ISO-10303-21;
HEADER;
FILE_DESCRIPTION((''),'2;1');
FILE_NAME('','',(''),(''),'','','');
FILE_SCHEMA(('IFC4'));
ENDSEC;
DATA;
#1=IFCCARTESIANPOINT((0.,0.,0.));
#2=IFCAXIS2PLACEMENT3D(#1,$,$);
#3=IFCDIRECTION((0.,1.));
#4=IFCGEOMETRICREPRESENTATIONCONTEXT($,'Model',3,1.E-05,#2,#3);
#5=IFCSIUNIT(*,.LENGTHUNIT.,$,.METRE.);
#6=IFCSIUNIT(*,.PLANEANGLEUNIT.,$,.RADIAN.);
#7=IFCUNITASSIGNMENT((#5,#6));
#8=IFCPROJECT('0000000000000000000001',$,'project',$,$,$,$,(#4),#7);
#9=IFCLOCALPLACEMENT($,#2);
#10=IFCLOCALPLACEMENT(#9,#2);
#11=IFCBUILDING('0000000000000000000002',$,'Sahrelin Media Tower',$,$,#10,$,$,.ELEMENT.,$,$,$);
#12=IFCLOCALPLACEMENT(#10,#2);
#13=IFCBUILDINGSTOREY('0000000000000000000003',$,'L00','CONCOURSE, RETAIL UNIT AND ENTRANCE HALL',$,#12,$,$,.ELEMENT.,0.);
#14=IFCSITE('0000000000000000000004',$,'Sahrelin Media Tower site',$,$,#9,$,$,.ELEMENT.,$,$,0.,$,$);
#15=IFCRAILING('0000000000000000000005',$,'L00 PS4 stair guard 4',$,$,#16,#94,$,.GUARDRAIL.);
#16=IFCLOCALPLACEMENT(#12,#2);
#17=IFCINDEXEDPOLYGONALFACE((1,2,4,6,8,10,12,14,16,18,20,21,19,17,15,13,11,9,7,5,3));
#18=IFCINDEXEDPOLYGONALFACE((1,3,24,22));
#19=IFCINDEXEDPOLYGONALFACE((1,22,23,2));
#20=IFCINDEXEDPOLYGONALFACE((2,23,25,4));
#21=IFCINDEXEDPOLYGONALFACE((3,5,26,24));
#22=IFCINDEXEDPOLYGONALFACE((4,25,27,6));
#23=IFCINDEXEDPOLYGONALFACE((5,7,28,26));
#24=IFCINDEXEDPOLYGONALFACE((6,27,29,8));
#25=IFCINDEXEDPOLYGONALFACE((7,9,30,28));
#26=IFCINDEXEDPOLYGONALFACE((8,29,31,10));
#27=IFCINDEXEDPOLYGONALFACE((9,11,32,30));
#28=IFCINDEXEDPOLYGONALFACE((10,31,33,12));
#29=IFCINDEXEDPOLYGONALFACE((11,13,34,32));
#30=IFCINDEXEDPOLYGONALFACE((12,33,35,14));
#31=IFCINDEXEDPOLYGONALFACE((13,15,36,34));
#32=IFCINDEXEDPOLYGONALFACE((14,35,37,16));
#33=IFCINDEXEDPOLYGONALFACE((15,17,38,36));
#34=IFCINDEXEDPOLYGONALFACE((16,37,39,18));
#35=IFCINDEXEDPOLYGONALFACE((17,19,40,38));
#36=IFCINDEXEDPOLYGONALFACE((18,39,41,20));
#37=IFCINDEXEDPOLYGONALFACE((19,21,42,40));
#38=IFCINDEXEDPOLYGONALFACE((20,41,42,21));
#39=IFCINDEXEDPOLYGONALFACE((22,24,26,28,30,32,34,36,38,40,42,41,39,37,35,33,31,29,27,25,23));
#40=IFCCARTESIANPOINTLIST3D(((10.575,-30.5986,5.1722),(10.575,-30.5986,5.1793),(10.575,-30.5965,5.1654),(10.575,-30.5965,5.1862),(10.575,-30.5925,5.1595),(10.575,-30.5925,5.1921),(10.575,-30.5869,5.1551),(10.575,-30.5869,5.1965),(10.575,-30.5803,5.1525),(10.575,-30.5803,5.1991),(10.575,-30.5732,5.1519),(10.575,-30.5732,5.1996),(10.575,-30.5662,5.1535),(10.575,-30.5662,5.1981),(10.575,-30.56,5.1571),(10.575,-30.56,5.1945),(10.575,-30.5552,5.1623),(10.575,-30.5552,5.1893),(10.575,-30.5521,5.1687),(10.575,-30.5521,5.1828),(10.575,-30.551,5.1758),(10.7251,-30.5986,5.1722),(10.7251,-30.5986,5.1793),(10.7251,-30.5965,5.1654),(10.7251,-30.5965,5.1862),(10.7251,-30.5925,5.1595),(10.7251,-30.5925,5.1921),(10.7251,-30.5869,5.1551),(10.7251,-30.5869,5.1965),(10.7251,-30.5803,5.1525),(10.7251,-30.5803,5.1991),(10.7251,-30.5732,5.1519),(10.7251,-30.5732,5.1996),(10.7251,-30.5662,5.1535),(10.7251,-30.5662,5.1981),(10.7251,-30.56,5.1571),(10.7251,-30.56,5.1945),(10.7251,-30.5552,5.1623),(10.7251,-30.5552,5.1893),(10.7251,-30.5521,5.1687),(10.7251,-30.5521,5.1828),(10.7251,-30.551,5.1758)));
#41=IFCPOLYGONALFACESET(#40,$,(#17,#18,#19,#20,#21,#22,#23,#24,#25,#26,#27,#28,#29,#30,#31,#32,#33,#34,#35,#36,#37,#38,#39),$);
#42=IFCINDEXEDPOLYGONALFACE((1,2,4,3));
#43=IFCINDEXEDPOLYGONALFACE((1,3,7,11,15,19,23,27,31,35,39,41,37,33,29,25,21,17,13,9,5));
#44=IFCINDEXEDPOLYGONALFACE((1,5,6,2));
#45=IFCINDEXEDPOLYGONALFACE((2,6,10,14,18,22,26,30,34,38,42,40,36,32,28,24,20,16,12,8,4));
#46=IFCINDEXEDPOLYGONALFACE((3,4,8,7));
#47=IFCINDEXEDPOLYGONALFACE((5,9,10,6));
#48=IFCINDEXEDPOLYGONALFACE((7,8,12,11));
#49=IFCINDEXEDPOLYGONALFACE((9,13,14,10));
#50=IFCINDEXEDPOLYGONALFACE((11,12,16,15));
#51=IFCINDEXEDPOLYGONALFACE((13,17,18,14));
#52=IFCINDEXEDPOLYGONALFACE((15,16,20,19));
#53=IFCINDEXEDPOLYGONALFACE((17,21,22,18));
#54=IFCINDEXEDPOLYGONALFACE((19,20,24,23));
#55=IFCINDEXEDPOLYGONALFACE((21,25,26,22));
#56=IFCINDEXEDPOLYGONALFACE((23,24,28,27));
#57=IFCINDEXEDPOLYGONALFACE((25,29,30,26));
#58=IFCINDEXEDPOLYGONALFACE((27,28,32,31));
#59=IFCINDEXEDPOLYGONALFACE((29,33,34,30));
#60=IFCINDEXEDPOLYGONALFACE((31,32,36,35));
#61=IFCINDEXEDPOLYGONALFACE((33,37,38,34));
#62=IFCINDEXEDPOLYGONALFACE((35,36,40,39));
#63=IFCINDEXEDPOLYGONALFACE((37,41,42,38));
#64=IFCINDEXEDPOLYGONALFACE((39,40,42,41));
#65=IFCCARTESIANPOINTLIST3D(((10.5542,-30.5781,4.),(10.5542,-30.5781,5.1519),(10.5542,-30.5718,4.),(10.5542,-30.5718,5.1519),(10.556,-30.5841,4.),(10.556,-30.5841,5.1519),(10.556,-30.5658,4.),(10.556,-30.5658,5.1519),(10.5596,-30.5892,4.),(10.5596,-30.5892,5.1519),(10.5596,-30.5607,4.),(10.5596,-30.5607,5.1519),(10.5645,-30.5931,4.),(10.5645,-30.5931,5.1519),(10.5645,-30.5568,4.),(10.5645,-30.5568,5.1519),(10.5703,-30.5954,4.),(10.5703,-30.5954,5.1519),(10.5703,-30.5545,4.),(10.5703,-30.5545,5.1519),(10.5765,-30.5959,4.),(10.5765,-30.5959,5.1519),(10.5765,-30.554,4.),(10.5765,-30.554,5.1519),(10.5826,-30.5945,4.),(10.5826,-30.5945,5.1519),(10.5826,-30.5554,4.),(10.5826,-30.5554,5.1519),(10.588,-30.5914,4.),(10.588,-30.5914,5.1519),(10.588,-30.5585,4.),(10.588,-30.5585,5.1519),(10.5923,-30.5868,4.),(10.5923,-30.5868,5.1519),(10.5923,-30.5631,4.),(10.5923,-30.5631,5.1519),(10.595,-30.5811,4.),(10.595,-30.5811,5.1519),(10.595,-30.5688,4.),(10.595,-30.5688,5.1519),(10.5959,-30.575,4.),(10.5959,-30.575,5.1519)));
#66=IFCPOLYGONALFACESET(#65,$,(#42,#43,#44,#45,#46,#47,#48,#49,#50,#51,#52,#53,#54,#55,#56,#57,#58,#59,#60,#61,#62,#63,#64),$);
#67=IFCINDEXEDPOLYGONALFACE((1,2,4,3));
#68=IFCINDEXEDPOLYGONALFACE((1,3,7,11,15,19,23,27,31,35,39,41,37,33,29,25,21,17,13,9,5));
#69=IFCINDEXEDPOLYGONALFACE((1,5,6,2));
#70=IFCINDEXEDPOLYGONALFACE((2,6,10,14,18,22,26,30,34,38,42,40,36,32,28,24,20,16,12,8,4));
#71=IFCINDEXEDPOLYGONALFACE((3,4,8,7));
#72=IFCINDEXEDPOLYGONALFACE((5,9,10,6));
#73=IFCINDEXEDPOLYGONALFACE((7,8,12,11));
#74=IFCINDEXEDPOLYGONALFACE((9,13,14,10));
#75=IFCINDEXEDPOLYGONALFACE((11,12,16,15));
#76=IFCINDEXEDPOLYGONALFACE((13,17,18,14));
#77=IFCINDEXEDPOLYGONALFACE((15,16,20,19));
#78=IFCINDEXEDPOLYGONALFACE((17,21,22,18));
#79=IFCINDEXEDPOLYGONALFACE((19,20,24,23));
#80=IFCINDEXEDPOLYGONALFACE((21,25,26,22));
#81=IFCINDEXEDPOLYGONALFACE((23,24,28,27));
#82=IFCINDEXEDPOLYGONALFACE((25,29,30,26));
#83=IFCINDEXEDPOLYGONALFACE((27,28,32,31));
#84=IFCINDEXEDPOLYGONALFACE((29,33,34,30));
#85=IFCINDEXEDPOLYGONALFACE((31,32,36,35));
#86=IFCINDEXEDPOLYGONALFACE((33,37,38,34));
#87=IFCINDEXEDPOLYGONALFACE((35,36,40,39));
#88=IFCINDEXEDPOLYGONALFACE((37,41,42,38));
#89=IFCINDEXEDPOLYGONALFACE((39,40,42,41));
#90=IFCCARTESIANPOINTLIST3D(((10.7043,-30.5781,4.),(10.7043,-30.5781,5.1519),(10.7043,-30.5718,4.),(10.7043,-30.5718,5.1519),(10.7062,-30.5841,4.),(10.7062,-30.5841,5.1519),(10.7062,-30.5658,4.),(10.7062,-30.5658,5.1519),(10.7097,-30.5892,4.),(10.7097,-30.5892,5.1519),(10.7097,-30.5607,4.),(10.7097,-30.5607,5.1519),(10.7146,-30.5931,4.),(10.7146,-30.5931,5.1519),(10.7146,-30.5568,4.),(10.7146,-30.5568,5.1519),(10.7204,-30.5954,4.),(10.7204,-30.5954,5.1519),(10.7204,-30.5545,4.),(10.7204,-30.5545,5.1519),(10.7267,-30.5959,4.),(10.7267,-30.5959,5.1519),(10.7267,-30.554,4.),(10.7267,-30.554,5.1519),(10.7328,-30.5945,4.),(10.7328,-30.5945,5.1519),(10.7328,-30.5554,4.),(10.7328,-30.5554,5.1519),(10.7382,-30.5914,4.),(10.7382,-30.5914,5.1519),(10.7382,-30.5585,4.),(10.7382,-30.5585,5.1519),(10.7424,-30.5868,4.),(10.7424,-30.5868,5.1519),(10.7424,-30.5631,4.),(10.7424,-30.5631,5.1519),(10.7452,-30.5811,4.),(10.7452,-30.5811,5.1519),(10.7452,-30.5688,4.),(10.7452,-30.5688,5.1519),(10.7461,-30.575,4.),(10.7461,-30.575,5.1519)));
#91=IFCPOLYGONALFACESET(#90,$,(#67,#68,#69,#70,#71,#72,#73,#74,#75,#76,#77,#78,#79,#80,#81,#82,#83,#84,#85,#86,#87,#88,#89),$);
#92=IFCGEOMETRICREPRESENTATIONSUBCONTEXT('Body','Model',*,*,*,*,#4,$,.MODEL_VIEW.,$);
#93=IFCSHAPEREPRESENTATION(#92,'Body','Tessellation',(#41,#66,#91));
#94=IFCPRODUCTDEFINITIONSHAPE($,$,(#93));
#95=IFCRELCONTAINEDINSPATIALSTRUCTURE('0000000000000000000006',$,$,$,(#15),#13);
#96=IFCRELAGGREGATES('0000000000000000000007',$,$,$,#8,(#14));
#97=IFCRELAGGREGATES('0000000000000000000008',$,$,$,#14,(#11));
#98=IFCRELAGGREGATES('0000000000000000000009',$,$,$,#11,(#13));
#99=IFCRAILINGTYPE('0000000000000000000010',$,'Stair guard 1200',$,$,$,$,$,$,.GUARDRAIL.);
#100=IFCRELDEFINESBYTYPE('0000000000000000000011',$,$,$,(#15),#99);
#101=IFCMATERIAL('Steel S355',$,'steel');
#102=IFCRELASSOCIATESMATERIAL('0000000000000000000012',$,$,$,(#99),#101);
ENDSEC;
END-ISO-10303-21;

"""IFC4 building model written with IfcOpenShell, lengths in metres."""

from ifc_helpers import new_model, si_unit, direction, frame, origin, origin_2d, place, context, subcontext, project, spatial, circle, extrude, material, type_object, element, save


model = new_model("IFC4")

# Units and contexts
model_context = context("Model", 3, precision=1e-05, world=origin(), true_north=direction((0.0, 1.0)))
body_context = subcontext(model_context, "Body", "Model", "MODEL_VIEW")
ifc_project = project(units=[si_unit("LENGTHUNIT", "METRE"), si_unit("PLANEANGLEUNIT", "RADIAN")], contexts=[model_context])

# Site, building, storey
site_placement = place(None, origin())
site = spatial("IfcSite", under=ifc_project, at=site_placement, Name="Sahrelin Media Tower site", CompositionType="ELEMENT", RefElevation=0.0)
building_placement = place(site_placement, origin())
building = spatial("IfcBuilding", under=site, at=building_placement, Name="Sahrelin Media Tower", CompositionType="ELEMENT")
storey_placement = place(building_placement, origin())
storey = spatial("IfcBuildingStorey", under=building, at=storey_placement, Name="L00", Description="CONCOURSE, RETAIL UNIT AND ENTRANCE HALL", CompositionType="ELEMENT", Elevation=0.0)

# Shared definitions
ifc_material_1 = material(Name="Steel S355", Category="steel")

# Railing
railing_type_1 = type_object("IfcRailingType", Name="Stair guard 1200", PredefinedType="GUARDRAIL", material=ifc_material_1)
railing_1_placement = place(storey_placement, frame((10.575, -30.575, 4.0)))
element("IfcRailing", 1, at=railing_1_placement, inside=storey, type_object=railing_type_1, Name="L00 PS4 stair guard 4", PredefinedType="GUARDRAIL", context=body_context, shape_type="SweptSolid", body=[
    extrude(circle(Radius=0.0239, at=origin_2d()), frame((0.0, 0.0, 1.1758), z_axis=(1.0, 0.0, 0.0), x_axis=(0.0, 1.0, 0.0)), (0.0, 0.0, 1.0), 0.1501),
    extrude(circle(Radius=0.021, at=origin_2d()), origin(), (0.0, 0.0, 1.0), 1.1519),
    extrude(circle(Radius=0.021, at=origin_2d()), frame((0.1501, 0.0, 0.0)), (0.0, 0.0, 1.0), 1.1519),
])

save(model, "model.ifc")
